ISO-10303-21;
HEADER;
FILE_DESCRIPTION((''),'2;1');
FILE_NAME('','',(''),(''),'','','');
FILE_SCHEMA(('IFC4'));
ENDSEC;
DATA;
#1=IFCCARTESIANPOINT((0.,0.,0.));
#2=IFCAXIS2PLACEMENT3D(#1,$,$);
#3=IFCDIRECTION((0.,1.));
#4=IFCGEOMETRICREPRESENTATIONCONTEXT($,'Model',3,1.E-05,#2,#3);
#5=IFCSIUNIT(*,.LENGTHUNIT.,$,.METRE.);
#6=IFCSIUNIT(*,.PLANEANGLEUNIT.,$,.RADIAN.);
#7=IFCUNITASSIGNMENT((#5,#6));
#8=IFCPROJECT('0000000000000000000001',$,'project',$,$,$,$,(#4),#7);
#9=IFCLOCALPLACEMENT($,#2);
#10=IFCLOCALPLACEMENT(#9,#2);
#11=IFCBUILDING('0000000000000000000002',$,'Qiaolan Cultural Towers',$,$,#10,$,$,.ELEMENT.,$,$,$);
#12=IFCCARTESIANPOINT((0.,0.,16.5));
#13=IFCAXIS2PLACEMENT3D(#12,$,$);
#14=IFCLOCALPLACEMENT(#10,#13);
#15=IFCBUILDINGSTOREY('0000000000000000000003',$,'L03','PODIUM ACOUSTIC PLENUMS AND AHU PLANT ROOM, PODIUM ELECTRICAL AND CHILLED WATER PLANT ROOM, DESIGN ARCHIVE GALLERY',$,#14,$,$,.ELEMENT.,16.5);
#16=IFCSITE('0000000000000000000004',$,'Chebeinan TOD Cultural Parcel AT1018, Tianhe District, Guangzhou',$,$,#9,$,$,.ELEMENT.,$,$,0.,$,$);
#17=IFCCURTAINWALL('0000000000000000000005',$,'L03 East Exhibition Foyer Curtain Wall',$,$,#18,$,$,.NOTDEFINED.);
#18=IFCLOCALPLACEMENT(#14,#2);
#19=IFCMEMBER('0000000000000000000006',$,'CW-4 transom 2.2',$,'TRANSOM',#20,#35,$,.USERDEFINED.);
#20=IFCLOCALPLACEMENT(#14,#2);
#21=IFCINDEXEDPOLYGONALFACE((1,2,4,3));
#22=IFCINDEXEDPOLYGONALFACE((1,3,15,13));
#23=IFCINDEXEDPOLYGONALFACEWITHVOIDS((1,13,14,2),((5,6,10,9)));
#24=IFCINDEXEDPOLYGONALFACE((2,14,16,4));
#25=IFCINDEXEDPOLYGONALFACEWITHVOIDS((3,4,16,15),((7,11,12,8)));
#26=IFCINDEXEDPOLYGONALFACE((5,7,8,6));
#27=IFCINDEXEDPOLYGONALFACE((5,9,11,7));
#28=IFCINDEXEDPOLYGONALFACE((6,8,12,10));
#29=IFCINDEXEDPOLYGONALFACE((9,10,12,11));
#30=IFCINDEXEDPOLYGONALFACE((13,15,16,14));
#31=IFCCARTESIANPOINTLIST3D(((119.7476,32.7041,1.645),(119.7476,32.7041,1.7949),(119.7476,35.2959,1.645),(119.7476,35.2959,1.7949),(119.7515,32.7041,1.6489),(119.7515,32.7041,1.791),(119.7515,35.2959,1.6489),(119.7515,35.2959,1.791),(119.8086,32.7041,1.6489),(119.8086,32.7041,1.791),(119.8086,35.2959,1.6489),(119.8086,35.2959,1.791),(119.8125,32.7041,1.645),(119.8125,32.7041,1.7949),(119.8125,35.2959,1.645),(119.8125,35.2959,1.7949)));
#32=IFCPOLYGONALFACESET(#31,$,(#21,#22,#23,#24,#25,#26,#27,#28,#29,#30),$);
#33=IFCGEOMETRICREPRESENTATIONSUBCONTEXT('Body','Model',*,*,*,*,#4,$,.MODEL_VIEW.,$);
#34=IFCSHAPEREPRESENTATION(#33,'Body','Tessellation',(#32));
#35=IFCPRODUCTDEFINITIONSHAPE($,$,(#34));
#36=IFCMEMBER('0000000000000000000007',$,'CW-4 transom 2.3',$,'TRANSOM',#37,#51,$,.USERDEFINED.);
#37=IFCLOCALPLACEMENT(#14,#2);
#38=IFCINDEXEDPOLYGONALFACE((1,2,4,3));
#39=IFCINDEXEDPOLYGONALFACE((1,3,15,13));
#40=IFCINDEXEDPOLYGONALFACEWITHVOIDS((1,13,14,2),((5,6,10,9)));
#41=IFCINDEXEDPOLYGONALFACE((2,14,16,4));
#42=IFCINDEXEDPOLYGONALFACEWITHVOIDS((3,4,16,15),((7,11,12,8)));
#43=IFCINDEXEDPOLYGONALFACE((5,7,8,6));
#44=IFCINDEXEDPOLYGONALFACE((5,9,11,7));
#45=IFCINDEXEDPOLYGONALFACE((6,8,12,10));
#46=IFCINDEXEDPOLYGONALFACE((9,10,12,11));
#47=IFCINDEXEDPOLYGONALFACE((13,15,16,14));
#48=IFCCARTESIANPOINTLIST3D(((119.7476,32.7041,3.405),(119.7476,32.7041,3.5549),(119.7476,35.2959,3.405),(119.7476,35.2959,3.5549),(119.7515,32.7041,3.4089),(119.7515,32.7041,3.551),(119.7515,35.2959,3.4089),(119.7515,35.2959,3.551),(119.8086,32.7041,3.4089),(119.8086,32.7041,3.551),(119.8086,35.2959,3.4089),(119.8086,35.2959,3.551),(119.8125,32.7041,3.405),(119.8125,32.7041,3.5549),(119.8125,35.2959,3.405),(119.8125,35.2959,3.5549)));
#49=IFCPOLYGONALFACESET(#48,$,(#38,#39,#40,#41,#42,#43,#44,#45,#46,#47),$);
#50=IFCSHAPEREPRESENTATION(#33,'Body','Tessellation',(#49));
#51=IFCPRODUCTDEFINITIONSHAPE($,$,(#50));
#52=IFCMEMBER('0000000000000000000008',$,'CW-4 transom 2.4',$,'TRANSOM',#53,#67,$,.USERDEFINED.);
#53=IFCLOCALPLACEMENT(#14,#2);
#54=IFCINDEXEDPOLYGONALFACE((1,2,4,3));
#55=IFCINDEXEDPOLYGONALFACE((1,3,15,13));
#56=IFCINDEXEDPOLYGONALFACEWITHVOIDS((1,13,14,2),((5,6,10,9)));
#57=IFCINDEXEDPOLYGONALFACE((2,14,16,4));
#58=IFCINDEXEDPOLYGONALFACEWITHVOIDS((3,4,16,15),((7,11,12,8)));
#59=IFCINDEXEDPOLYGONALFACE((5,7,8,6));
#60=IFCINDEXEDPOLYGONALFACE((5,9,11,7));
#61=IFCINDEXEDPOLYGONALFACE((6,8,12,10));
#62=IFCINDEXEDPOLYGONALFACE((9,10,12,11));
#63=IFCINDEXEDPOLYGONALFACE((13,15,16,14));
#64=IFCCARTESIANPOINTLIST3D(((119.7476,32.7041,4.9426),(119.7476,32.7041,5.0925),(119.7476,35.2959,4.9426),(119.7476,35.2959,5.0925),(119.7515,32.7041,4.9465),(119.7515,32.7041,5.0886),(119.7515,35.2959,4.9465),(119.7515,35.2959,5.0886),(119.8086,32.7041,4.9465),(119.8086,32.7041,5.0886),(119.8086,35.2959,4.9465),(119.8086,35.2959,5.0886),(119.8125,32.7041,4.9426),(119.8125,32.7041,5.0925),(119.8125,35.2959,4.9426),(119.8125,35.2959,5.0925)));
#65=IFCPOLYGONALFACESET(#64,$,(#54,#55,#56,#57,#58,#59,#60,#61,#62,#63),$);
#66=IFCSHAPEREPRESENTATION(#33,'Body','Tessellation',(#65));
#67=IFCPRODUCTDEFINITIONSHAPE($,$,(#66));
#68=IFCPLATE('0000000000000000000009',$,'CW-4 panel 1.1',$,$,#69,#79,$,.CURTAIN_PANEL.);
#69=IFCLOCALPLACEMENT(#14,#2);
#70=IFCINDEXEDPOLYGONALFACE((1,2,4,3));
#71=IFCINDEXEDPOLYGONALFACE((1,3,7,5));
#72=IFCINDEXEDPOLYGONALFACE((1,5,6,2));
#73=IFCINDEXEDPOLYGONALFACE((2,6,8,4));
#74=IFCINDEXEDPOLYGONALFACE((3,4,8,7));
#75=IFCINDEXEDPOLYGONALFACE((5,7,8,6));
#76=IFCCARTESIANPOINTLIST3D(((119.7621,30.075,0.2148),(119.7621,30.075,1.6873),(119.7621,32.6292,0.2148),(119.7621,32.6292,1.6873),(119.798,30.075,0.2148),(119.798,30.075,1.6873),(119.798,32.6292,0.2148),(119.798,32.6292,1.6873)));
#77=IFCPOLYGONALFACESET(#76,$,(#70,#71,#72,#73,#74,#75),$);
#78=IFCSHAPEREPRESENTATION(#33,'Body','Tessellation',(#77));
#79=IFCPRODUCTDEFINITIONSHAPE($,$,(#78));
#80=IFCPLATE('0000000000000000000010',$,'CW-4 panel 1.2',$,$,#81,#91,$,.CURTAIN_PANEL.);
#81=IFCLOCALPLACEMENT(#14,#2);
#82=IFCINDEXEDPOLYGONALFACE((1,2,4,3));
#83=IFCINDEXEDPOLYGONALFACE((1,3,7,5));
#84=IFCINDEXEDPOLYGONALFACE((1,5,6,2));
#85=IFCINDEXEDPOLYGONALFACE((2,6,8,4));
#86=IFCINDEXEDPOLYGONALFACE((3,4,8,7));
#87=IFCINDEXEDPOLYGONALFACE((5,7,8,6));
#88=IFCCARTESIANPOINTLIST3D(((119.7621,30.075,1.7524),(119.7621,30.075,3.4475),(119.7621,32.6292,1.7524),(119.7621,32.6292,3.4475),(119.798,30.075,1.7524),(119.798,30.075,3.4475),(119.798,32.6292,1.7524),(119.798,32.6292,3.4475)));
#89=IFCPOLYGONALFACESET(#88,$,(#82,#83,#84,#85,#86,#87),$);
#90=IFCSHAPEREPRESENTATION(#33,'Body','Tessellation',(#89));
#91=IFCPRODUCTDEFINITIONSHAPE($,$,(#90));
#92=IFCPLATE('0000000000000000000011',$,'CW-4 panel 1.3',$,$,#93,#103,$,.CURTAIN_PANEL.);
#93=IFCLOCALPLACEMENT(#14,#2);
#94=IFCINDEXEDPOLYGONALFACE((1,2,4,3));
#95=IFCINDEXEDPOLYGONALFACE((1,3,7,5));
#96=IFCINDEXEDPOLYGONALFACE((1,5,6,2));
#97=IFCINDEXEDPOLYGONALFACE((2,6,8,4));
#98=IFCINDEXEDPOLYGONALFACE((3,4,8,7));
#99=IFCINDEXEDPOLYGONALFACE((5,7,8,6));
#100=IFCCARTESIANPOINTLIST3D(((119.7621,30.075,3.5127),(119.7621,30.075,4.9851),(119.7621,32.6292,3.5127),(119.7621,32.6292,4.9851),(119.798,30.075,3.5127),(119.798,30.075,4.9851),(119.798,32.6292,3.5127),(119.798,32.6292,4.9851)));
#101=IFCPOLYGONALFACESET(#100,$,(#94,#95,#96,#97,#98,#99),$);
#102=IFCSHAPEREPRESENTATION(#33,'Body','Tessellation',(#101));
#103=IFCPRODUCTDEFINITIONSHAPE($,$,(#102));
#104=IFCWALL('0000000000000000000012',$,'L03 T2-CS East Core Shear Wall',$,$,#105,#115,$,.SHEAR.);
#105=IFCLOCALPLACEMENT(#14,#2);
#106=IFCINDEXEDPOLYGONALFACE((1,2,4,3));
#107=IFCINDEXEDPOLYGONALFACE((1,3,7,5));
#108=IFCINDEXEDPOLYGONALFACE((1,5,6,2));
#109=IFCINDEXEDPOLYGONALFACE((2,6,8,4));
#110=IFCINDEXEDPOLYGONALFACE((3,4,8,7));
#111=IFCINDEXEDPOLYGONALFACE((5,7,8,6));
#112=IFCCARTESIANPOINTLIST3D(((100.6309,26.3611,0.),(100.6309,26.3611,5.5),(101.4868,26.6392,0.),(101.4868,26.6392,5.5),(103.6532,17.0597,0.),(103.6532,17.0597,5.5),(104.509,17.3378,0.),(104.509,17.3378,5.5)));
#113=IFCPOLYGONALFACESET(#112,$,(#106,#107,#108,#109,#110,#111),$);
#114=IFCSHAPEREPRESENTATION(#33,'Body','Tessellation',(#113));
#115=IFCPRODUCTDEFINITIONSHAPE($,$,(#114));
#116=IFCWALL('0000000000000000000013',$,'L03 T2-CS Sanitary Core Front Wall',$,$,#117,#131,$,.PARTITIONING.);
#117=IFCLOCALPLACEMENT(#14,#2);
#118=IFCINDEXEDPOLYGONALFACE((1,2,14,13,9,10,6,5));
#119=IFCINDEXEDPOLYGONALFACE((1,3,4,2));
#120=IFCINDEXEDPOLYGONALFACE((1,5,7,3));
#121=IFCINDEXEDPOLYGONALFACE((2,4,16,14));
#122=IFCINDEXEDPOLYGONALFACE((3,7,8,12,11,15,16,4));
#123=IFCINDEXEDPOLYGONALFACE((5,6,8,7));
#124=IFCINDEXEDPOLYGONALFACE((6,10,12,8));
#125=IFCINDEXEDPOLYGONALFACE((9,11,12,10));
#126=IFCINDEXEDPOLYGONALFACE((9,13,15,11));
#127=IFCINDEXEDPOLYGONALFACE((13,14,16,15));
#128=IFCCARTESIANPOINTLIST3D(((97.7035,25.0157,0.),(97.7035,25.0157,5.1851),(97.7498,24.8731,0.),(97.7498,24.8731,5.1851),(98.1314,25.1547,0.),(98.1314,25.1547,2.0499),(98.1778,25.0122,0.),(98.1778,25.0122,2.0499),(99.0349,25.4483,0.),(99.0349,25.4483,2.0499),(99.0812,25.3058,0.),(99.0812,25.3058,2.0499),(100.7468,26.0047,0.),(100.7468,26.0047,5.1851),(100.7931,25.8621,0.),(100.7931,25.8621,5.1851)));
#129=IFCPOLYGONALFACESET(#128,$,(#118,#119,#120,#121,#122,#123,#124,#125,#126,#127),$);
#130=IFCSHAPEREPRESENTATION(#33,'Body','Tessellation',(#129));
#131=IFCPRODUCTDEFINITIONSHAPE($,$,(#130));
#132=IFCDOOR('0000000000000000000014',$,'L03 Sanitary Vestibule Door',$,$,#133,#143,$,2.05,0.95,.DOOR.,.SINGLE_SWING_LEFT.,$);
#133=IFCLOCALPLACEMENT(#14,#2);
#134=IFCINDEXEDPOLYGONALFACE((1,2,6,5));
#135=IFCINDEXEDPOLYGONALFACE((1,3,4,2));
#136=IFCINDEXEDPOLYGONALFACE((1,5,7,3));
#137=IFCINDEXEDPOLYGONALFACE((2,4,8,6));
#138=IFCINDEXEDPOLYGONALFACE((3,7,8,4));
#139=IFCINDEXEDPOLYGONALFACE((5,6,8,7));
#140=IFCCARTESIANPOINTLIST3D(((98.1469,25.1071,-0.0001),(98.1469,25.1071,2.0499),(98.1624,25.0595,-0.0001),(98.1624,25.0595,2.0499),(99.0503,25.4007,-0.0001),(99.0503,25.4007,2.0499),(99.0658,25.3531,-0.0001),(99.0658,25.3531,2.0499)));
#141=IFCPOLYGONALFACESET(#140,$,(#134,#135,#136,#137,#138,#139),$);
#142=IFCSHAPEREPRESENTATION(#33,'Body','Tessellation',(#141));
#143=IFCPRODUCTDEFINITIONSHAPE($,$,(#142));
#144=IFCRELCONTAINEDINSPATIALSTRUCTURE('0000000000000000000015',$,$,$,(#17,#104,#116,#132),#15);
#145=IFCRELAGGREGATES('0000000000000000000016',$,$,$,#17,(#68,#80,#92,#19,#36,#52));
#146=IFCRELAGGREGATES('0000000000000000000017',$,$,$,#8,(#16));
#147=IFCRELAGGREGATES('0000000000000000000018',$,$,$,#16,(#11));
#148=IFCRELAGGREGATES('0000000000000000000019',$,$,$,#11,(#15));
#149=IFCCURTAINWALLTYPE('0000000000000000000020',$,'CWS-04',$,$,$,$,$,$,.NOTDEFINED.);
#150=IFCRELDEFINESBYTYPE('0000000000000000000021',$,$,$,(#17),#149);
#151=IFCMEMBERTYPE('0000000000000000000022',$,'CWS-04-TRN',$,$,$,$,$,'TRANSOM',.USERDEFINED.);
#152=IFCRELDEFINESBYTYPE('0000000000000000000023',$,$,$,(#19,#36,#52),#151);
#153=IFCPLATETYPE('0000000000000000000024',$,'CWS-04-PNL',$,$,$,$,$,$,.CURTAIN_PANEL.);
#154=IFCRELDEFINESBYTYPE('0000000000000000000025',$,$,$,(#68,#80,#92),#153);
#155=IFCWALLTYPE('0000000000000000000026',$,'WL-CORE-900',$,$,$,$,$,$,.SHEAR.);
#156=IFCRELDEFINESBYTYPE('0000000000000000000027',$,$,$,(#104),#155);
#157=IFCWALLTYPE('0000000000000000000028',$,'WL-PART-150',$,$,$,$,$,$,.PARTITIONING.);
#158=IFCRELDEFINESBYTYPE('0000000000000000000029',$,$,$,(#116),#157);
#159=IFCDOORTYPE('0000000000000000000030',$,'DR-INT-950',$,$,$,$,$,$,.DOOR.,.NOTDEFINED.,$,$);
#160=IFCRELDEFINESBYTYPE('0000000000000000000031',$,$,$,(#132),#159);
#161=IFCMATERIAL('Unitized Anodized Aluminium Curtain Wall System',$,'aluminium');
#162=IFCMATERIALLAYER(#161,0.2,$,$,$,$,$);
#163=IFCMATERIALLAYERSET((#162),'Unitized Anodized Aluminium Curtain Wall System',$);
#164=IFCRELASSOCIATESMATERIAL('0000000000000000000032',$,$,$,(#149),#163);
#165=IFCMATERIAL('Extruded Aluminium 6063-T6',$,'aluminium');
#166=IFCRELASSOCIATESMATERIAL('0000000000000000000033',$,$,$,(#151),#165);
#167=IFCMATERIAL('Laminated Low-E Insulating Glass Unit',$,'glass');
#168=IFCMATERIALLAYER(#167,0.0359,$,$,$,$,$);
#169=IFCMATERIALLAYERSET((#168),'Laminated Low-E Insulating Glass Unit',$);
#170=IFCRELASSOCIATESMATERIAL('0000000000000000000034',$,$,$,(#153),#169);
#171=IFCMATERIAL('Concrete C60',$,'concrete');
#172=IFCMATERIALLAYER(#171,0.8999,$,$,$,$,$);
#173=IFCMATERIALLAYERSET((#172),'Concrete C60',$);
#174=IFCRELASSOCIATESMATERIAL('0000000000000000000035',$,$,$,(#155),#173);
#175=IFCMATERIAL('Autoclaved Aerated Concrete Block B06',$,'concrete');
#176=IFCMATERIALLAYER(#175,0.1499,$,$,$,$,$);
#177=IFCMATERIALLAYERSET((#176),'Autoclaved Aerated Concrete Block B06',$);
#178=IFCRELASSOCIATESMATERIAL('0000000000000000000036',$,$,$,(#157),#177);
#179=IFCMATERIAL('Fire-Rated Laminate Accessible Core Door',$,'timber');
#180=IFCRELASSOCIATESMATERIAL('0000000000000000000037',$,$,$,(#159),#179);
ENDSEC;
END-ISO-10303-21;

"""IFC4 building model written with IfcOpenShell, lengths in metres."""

from ifc_helpers import new_model, si_unit, direction, frame, frame_2d, origin, origin_2d, place, context, subcontext, project, spatial, rectangle, hollow_rectangle, extrude, material, layer, layer_set, material_profile, profile_set, type_object, element, fill, aggregate, save


model = new_model("IFC4")

# Units and contexts
model_context = context("Model", 3, precision=1e-05, world=origin(), true_north=direction((0.0, 1.0)))
body_context = subcontext(model_context, "Body", "Model", "MODEL_VIEW")
ifc_project = project(units=[si_unit("LENGTHUNIT", "METRE"), si_unit("PLANEANGLEUNIT", "RADIAN")], contexts=[model_context])

# Site, building, storey
site_placement = place(None, origin())
site = spatial("IfcSite", under=ifc_project, at=site_placement, Name="Chebeinan TOD Cultural Parcel AT1018, Tianhe District, Guangzhou", CompositionType="ELEMENT", RefElevation=0.0)
building_placement = place(site_placement, origin())
building = spatial("IfcBuilding", under=site, at=building_placement, Name="Qiaolan Cultural Towers", CompositionType="ELEMENT")
storey_placement = place(building_placement, frame((0.0, 0.0, 16.5)))
storey = spatial("IfcBuildingStorey", under=building, at=storey_placement, Name="L03", Description="PODIUM ACOUSTIC PLENUMS AND AHU PLANT ROOM, PODIUM ELECTRICAL AND CHILLED WATER PLANT ROOM, DESIGN ARCHIVE GALLERY", CompositionType="ELEMENT", Elevation=16.5)

# Curtain wall, members, plates
ifc_material_1 = material(Name="Unitized Anodized Aluminium Curtain Wall System", Category="aluminium")
ifc_layer_1 = layer(ifc_material_1, 0.2)
ifc_layer_set_1 = layer_set([ifc_layer_1], Name="Unitized Anodized Aluminium Curtain Wall System")
curtain_wall_type = type_object("IfcCurtainWallType", Name="CWS-04", PredefinedType="NOTDEFINED", material=ifc_layer_set_1)
curtain_wall_placement = place(storey_placement, origin())
curtain_wall = element("IfcCurtainWall", 1, at=curtain_wall_placement, inside=storey, type_object=curtain_wall_type, Name="L03 East Exhibition Foyer Curtain Wall", PredefinedType="NOTDEFINED")
ifc_material_2 = material(Name="Extruded Aluminium 6063-T6", Category="aluminium")
ifc_material_profile_1 = material_profile(ifc_material_2, hollow_rectangle(XDim=0.0649, YDim=0.1499, WallThickness=0.0039, at=origin_2d()), Name="CWT-150x65x4")
ifc_profile_set_1 = profile_set([ifc_material_profile_1], Name="Extruded Aluminium 6063-T6")
member_type_1 = type_object("IfcMemberType", Name="CWS-04-TRN", ElementType="TRANSOM", PredefinedType="USERDEFINED", material=ifc_profile_set_1)
member_1_placement = place(storey_placement, frame((119.78, 32.7041, 1.72), z_axis=(0.0, 1.0, 0.0), x_axis=(-1.0, 0.0, 0.0)))
member_1 = element("IfcMember", 2, at=member_1_placement, type_object=member_type_1, Name="CW-4 transom 2.2", ObjectType="TRANSOM", PredefinedType="USERDEFINED", context=body_context, shape_type="SweptSolid", body=[
    extrude(hollow_rectangle(XDim=0.0649, YDim=0.1499, WallThickness=0.0039, at=origin_2d()), origin(), (0.0, 0.0, 1.0), 2.5918),
])
member_2_placement = place(storey_placement, frame((119.78, 32.7041, 3.48), z_axis=(0.0, 1.0, 0.0), x_axis=(-1.0, 0.0, 0.0)))
member_2 = element("IfcMember", 3, at=member_2_placement, type_object=member_type_1, Name="CW-4 transom 2.3", ObjectType="TRANSOM", PredefinedType="USERDEFINED", context=body_context, shape_type="SweptSolid", body=[
    extrude(hollow_rectangle(XDim=0.0649, YDim=0.1499, WallThickness=0.0039, at=origin_2d()), origin(), (0.0, 0.0, 1.0), 2.5918),
])
member_3_placement = place(storey_placement, frame((119.78, 32.7041, 5.0176), z_axis=(0.0, 1.0, 0.0), x_axis=(-1.0, 0.0, 0.0)))
member_3 = element("IfcMember", 4, at=member_3_placement, type_object=member_type_1, Name="CW-4 transom 2.4", ObjectType="TRANSOM", PredefinedType="USERDEFINED", context=body_context, shape_type="SweptSolid", body=[
    extrude(hollow_rectangle(XDim=0.0649, YDim=0.1499, WallThickness=0.0039, at=origin_2d()), origin(), (0.0, 0.0, 1.0), 2.5918),
])
ifc_material_3 = material(Name="Laminated Low-E Insulating Glass Unit", Category="glass")
ifc_layer_2 = layer(ifc_material_3, 0.0359)
ifc_layer_set_2 = layer_set([ifc_layer_2], Name="Laminated Low-E Insulating Glass Unit")
plate_type = type_object("IfcPlateType", Name="CWS-04-PNL", PredefinedType="CURTAIN_PANEL", material=ifc_layer_set_2)
plate_1_placement = place(storey_placement, frame((119.78, 31.3521, 0.2148), z_axis=(0.0, 0.0, 1.0), x_axis=(0.0, 1.0, 0.0)))
plate_1 = element("IfcPlate", 5, at=plate_1_placement, type_object=plate_type, Name="CW-4 panel 1.1", PredefinedType="CURTAIN_PANEL", context=body_context, shape_type="SweptSolid", body=[
    extrude(rectangle(XDim=2.5542, YDim=0.0359, at=origin_2d()), origin(), (0.0, 0.0, 1.0), 1.4724),
])
plate_2_placement = place(storey_placement, frame((119.78, 31.3521, 1.7524), z_axis=(0.0, 0.0, 1.0), x_axis=(0.0, 1.0, 0.0)))
plate_2 = element("IfcPlate", 6, at=plate_2_placement, type_object=plate_type, Name="CW-4 panel 1.2", PredefinedType="CURTAIN_PANEL", context=body_context, shape_type="SweptSolid", body=[
    extrude(rectangle(XDim=2.5542, YDim=0.0359, at=origin_2d()), origin(), (0.0, 0.0, 1.0), 1.6951),
])
plate_3_placement = place(storey_placement, frame((119.78, 31.3521, 3.5127), z_axis=(0.0, 0.0, 1.0), x_axis=(0.0, 1.0, 0.0)))
plate_3 = element("IfcPlate", 7, at=plate_3_placement, type_object=plate_type, Name="CW-4 panel 1.3", PredefinedType="CURTAIN_PANEL", context=body_context, shape_type="SweptSolid", body=[
    extrude(rectangle(XDim=2.5542, YDim=0.0359, at=origin_2d()), origin(), (0.0, 0.0, 1.0), 1.4724),
])
aggregate(curtain_wall, [plate_1, plate_2, plate_3, member_1, member_2, member_3])

# Wall
ifc_material_4 = material(Name="Concrete C60", Category="concrete")
ifc_layer_3 = layer(ifc_material_4, 0.8999)
ifc_layer_set_3 = layer_set([ifc_layer_3], Name="Concrete C60")
wall_type_1 = type_object("IfcWallType", Name="WL-CORE-900", PredefinedType="SHEAR", material=ifc_layer_set_3)
wall_1_placement = place(storey_placement, frame((101.0588, 26.5002, 0.0), z_axis=(0.0, 0.0, 1.0), x_axis=(0.309022, -0.951055, 0.0)))
element("IfcWall", 8, at=wall_1_placement, inside=storey, type_object=wall_type_1, Name="L03 T2-CS East Core Shear Wall", PredefinedType="SHEAR", context=body_context, shape_type="SweptSolid", body=[
    extrude(rectangle(XDim=9.78, YDim=0.8999, at=frame_2d((4.8901, 0.0))), origin(), (0.0, 0.0, 1.0), 5.5),
])

# Wall, opening, door
ifc_material_5 = material(Name="Autoclaved Aerated Concrete Block B06", Category="concrete")
ifc_layer_4 = layer(ifc_material_5, 0.1499)
ifc_layer_set_4 = layer_set([ifc_layer_4], Name="Autoclaved Aerated Concrete Block B06")
wall_type_2 = type_object("IfcWallType", Name="WL-PART-150", PredefinedType="PARTITIONING", material=ifc_layer_set_4)
wall_2_placement = place(storey_placement, frame((97.7266, 24.9443, 0.0), z_axis=(0.0, 0.0, 1.0), x_axis=(0.951037, 0.309077, 0.0)))
wall_2 = element("IfcWall", 9, at=wall_2_placement, inside=storey, type_object=wall_type_2, Name="L03 T2-CS Sanitary Core Front Wall", PredefinedType="PARTITIONING", context=body_context, shape_type="SweptSolid", body=[
    extrude(rectangle(XDim=3.2, YDim=0.1499, at=frame_2d((1.6001, 0.0))), origin(), (0.0, 0.0, 1.0), 5.1851),
])
opening_placement = place(wall_2_placement, frame((0.45, 0.0, 0.0)))
opening = element("IfcOpeningElement", 10, at=opening_placement, cuts=wall_2, PredefinedType="OPENING", context=body_context, shape_type="SweptSolid", body=[
    extrude(rectangle(XDim=0.95, YDim=2.05, at=frame_2d((0.4751, 1.0249))), frame((0.0, 0.085, 0.0), z_axis=(0.0, -1.0, 0.0), x_axis=(1.0, 0.0, 0.0)), (0.0, 0.0, 1.0), 0.1699),
])
ifc_material_6 = material(Name="Fire-Rated Laminate Accessible Core Door", Category="timber")
door_type = type_object("IfcDoorType", Name="DR-INT-950", OperationType="NOTDEFINED", PredefinedType="DOOR", material=ifc_material_6)
door_placement = place(opening_placement, origin())
door = element("IfcDoor", 11, at=door_placement, inside=storey, type_object=door_type, Name="L03 Sanitary Vestibule Door", OperationType="SINGLE_SWING_LEFT", OverallHeight=2.05, OverallWidth=0.95, PredefinedType="DOOR", context=body_context, shape_type="SweptSolid", body=[
    extrude(rectangle(XDim=0.95, YDim=2.05, at=frame_2d((0.4751, 1.0249))), frame((0.0, 0.0249, 0.0), z_axis=(0.0, -1.0, 0.0), x_axis=(1.0, 0.0, 0.0)), (0.0, 0.0, 1.0), 0.05),
])
fill(opening, door)

save(model, "model.ifc")
